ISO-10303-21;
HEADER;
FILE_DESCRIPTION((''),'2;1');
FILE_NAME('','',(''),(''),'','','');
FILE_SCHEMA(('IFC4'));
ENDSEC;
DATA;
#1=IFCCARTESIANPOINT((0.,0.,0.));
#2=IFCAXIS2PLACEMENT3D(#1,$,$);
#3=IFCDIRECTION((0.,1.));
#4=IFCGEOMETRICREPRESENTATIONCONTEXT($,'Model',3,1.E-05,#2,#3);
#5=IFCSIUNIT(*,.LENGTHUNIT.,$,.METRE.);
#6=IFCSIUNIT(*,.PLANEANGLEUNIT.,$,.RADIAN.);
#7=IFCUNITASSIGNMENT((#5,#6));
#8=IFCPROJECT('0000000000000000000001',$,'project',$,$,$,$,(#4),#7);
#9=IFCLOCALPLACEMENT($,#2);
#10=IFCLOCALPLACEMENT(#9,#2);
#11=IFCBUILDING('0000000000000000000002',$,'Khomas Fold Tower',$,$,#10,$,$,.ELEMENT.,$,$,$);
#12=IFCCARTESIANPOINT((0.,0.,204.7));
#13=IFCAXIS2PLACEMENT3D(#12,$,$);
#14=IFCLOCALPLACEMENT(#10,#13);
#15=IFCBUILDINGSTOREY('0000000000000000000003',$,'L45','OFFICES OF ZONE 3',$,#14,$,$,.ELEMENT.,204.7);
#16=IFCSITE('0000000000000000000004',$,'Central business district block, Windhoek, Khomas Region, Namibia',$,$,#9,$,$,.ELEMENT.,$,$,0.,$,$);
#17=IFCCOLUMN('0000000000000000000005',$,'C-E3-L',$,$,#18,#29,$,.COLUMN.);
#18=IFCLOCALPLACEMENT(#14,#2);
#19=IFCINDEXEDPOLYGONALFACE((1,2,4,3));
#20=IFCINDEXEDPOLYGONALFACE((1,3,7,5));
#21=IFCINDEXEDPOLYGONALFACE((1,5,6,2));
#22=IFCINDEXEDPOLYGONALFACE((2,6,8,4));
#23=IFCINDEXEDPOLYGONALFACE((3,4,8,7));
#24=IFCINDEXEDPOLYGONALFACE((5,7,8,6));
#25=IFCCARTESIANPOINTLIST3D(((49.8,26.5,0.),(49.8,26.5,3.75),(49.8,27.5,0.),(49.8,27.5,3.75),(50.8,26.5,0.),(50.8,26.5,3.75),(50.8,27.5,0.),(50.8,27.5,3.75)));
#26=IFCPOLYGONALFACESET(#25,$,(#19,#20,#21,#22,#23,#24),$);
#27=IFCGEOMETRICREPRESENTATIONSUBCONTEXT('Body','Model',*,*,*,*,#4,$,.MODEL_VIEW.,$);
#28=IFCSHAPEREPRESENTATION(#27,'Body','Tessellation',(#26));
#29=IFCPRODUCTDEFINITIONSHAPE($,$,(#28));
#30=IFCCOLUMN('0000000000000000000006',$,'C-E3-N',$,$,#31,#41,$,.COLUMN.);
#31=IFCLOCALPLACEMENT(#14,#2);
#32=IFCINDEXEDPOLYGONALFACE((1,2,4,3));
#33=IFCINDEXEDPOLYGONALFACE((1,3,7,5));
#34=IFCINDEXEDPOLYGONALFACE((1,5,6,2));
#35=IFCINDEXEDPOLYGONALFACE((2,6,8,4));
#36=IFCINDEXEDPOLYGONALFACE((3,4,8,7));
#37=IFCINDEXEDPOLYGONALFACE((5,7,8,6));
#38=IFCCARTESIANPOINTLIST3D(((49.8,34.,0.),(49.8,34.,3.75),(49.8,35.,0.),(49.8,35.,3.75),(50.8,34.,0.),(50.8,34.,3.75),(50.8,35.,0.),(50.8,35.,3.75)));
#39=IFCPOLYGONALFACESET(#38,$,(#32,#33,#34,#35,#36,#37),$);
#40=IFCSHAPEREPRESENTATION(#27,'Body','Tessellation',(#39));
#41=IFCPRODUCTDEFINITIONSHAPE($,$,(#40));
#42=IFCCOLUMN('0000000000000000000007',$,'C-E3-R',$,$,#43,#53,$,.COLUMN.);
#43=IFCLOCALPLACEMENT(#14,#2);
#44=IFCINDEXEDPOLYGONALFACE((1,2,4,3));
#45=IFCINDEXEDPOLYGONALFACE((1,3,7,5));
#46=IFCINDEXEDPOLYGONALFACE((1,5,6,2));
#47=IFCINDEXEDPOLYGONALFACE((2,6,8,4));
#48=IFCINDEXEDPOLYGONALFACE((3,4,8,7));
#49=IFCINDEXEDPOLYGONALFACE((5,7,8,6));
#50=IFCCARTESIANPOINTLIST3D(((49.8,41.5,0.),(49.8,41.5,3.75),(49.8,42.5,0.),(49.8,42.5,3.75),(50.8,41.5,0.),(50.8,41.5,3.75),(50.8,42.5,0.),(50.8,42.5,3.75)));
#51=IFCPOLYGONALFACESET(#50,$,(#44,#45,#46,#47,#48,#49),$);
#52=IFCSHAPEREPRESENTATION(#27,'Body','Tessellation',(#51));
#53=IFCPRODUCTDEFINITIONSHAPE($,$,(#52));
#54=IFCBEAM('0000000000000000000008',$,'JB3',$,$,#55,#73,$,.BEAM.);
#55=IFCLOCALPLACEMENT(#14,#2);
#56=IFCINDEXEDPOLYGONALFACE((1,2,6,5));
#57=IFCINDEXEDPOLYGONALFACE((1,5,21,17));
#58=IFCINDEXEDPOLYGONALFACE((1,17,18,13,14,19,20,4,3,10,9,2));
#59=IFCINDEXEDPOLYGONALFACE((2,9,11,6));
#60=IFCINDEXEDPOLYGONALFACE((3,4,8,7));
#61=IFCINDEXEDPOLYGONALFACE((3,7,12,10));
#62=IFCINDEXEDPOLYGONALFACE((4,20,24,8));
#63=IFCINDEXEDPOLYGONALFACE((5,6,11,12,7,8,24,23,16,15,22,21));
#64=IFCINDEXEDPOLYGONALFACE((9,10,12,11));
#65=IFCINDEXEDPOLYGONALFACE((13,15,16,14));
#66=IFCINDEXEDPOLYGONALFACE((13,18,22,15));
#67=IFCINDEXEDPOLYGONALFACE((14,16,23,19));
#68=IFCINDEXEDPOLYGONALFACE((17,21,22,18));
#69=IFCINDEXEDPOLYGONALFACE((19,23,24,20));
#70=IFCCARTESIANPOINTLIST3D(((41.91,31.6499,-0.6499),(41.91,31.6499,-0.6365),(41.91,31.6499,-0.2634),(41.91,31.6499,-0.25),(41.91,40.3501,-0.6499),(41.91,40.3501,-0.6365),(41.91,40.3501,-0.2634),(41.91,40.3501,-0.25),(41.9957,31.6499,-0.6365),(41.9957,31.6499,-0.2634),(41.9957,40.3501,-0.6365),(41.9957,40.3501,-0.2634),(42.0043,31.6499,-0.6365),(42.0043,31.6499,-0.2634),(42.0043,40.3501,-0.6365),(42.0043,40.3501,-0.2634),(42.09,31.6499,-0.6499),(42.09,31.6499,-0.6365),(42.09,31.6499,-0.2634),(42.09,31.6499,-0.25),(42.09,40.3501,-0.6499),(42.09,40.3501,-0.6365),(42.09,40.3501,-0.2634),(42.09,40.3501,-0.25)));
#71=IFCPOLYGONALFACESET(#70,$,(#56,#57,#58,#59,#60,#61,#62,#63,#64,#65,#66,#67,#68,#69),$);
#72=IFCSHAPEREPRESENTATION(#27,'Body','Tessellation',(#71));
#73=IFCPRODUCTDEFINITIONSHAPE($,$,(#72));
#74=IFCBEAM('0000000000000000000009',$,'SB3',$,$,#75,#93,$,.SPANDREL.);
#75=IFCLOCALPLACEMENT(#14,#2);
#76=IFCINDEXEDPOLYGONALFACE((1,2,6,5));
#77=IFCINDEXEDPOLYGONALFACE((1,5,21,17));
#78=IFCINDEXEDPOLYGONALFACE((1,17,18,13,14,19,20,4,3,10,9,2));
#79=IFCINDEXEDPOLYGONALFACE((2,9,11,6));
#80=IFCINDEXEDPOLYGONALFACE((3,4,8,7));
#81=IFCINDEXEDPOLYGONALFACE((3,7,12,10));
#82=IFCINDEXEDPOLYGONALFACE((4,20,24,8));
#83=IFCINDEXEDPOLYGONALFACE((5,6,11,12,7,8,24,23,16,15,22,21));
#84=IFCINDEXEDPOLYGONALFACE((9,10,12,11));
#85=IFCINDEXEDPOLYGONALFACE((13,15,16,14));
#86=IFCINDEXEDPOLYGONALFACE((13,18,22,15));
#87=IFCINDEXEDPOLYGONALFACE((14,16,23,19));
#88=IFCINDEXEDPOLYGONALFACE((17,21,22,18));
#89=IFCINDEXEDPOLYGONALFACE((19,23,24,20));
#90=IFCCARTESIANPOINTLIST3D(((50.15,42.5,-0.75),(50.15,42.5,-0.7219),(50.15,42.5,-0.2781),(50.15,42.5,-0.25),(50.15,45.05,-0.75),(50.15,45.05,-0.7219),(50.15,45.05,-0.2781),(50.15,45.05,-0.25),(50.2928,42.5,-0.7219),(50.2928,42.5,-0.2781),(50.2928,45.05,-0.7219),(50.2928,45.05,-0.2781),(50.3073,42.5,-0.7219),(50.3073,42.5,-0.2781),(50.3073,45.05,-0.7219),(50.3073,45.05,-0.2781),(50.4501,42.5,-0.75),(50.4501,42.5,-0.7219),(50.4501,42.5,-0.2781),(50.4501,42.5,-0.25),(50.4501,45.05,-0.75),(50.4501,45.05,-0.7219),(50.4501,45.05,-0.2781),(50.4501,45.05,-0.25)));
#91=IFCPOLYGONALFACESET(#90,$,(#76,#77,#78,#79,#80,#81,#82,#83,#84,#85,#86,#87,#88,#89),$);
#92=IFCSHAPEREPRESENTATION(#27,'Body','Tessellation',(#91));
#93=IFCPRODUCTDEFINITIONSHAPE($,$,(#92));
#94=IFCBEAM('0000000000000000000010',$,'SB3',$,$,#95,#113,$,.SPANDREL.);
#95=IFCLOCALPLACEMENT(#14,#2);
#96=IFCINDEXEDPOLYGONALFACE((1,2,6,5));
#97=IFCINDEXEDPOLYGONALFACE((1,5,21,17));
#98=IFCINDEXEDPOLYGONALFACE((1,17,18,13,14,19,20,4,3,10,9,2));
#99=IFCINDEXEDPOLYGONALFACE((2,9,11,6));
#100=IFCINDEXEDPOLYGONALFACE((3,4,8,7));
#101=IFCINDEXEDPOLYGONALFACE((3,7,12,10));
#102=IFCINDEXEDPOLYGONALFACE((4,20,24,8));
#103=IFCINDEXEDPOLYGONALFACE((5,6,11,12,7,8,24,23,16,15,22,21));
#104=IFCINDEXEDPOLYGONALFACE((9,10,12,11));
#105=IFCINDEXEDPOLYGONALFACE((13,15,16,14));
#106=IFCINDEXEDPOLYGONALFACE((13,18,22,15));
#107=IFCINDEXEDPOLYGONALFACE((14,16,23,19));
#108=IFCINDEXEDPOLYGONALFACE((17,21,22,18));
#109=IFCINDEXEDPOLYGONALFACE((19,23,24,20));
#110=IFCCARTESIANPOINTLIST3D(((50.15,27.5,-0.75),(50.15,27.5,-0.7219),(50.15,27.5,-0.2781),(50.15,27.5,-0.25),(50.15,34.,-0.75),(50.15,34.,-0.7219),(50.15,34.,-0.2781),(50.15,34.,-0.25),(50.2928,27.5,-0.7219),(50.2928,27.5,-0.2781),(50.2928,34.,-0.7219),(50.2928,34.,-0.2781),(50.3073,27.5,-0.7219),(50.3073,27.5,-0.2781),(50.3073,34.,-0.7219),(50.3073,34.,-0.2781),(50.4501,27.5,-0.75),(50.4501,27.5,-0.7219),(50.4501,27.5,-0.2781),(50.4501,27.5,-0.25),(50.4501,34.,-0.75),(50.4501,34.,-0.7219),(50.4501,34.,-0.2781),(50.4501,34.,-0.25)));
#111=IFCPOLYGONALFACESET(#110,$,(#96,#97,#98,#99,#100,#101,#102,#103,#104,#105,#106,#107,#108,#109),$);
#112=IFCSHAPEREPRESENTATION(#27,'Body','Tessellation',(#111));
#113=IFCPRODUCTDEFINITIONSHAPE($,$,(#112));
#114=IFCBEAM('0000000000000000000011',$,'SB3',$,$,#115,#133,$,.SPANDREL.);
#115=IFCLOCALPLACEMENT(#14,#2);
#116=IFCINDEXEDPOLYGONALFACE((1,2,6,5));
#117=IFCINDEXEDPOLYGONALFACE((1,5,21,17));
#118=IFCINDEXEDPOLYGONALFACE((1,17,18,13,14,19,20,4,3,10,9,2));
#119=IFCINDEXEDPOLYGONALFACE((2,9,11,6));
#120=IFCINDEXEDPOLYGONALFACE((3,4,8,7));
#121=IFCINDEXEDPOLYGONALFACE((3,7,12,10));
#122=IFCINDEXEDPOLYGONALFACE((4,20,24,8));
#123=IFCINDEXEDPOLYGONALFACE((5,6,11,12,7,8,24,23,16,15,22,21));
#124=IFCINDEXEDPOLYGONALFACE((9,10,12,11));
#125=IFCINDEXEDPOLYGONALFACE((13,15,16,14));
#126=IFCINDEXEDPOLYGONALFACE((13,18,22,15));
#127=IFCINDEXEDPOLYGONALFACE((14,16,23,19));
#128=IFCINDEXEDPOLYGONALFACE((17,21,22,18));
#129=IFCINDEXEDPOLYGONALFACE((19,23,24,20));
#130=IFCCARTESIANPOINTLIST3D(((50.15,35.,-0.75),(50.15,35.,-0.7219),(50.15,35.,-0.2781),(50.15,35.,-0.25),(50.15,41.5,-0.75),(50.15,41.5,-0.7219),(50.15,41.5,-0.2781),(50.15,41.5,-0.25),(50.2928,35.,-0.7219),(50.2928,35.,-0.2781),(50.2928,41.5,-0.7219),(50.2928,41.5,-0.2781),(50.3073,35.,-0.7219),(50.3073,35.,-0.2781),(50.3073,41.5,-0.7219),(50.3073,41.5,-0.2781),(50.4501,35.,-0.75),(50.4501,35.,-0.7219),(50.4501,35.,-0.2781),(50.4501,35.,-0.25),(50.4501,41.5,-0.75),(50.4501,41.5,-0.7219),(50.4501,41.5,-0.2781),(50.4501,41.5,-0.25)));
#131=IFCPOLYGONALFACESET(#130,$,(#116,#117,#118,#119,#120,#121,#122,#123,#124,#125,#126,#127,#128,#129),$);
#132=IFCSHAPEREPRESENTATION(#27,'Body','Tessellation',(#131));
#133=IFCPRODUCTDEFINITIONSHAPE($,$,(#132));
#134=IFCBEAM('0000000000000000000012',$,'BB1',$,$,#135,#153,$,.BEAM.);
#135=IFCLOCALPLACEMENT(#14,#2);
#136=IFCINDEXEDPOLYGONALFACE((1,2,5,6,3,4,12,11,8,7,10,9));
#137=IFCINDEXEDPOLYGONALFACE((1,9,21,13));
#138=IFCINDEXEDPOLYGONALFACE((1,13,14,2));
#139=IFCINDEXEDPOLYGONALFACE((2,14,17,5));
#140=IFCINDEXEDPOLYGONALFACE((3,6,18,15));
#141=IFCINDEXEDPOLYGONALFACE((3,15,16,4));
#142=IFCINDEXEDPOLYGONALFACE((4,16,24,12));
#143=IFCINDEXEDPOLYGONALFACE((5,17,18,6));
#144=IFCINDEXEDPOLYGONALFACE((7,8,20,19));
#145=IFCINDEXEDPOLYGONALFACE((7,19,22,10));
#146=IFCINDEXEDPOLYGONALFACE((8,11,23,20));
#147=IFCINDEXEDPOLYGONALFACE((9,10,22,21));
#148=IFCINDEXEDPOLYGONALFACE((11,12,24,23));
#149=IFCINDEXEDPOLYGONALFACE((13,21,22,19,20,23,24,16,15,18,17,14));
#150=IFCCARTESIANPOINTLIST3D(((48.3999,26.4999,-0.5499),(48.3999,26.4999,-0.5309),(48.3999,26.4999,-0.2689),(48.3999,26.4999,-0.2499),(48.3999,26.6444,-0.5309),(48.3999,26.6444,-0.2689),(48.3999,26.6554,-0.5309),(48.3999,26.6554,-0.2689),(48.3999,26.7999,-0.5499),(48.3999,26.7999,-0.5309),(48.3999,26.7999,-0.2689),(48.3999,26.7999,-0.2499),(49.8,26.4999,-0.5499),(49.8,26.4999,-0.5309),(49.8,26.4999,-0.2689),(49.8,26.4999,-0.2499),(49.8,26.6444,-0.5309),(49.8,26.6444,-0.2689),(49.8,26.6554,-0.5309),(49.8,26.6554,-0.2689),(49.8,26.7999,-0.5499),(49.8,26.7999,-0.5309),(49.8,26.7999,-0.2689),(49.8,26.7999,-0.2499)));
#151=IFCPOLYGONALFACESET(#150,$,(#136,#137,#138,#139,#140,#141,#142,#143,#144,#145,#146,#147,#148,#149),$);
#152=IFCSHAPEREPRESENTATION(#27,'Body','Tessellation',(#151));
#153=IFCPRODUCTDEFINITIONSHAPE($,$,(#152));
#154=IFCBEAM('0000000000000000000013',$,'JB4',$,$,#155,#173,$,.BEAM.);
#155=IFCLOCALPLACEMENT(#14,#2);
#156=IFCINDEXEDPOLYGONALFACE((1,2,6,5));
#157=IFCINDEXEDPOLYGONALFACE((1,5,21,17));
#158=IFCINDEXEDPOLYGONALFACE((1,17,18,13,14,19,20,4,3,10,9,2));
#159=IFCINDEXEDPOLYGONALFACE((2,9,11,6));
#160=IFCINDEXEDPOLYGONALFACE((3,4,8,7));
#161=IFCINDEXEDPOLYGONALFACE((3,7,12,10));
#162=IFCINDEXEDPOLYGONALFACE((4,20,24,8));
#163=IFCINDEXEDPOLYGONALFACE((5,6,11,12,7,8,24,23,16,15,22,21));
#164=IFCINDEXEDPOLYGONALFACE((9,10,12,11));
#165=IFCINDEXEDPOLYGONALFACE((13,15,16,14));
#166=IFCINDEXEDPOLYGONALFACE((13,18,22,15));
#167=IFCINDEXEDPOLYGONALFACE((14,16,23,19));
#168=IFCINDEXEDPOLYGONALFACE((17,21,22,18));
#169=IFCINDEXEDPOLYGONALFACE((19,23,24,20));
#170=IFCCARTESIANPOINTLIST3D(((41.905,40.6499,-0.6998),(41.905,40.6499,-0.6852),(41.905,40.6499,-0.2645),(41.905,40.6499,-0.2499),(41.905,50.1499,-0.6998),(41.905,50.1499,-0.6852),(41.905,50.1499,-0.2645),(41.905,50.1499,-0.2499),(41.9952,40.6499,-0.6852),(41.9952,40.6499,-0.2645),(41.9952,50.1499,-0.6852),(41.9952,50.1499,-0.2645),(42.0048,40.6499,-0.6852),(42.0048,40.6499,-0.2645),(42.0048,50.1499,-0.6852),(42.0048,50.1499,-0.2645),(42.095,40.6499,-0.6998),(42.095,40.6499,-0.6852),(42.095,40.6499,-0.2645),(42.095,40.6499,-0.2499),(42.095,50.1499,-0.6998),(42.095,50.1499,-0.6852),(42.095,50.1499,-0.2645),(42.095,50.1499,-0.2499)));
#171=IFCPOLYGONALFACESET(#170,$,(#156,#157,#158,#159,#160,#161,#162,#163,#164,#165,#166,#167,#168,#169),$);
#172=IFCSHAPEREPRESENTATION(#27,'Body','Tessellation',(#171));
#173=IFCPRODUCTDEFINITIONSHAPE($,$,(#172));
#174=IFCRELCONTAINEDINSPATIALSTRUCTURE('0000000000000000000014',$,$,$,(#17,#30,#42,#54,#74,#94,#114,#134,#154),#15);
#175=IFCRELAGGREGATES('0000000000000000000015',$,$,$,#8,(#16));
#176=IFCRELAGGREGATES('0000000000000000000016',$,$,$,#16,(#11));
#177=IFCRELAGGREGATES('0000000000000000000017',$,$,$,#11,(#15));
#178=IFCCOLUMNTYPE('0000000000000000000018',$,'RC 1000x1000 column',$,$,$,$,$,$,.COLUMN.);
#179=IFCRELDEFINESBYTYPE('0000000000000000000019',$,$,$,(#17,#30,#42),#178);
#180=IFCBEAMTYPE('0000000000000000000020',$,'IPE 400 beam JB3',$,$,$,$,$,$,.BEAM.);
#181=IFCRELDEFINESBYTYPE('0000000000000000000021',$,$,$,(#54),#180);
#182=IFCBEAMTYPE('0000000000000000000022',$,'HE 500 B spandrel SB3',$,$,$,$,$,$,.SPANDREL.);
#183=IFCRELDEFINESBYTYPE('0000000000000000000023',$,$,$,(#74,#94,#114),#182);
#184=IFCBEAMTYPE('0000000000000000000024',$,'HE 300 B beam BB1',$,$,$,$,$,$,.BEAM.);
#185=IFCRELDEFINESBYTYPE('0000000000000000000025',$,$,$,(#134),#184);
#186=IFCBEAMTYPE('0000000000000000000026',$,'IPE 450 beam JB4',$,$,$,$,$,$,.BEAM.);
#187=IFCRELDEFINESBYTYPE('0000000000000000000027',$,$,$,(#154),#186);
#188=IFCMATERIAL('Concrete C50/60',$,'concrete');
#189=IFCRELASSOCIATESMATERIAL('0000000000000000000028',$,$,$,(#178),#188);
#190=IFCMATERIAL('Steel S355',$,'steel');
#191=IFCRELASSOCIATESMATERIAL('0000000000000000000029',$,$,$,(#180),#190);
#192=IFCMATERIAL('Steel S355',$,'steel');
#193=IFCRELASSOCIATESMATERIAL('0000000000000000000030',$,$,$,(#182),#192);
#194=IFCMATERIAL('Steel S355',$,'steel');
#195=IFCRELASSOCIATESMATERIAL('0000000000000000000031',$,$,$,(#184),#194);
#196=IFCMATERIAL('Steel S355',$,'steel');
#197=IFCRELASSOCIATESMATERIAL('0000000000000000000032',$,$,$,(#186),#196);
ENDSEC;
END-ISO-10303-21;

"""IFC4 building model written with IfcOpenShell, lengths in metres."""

from ifc_helpers import new_model, si_unit, direction, frame, origin, origin_2d, place, context, subcontext, project, spatial, rectangle, i_section, extrude, source, transform, mapped, material, material_profile, profile_set, type_object, element, save


model = new_model("IFC4")

# Units and contexts
model_context = context("Model", 3, precision=1e-05, world=origin(), true_north=direction((0.0, 1.0)))
body_context = subcontext(model_context, "Body", "Model", "MODEL_VIEW")
ifc_project = project(units=[si_unit("LENGTHUNIT", "METRE"), si_unit("PLANEANGLEUNIT", "RADIAN")], contexts=[model_context])

# Site, building, storey
site_placement = place(None, origin())
site = spatial("IfcSite", under=ifc_project, at=site_placement, Name="Central business district block, Windhoek, Khomas Region, Namibia", CompositionType="ELEMENT", RefElevation=0.0)
building_placement = place(site_placement, origin())
building = spatial("IfcBuilding", under=site, at=building_placement, Name="Khomas Fold Tower", CompositionType="ELEMENT")
storey_placement = place(building_placement, frame((0.0, 0.0, 204.7)))
storey = spatial("IfcBuildingStorey", under=building, at=storey_placement, Name="L45", Description="OFFICES OF ZONE 3", CompositionType="ELEMENT", Elevation=204.7)

# Columns
ifc_material_1 = material(Name="Concrete C50/60", Category="concrete")
ifc_material_profile_1 = material_profile(ifc_material_1, rectangle(XDim=1.0, YDim=1.0, at=origin_2d()), Name="RC 1000x1000")
ifc_profile_set_1 = profile_set([ifc_material_profile_1], Name="Concrete C50/60")
column_type = type_object("IfcColumnType", Name="RC 1000x1000 column", PredefinedType="COLUMN", material=ifc_profile_set_1)
shared_shape_1 = source(origin(), body_context, "Body", "SweptSolid", [
    extrude(rectangle(XDim=1.0, YDim=1.0, at=origin_2d()), origin(), (0.0, 0.0, 1.0), 3.75),
])
for number, where, z_axis, x_axis, name in (
    (1, (50.3, 27.0, 0.0), (0.0, 0.0, 1.0), (1.0, 0.0, 0.0), "C-E3-L"),
    (2, (50.3, 34.5, 0.0), (0.0, 0.0, 1.0), (1.0, 0.0, 0.0), "C-E3-N"),
    (3, (50.3, 42.0, 0.0), (0.0, 0.0, 1.0), (1.0, 0.0, 0.0), "C-E3-R"),
):
    element("IfcColumn", number, at=place(storey_placement, frame(where, z_axis=z_axis, x_axis=x_axis)), inside=storey, type_object=column_type, Name=name, PredefinedType="COLUMN", context=body_context, shape_type="MappedRepresentation", body=[
        mapped(shared_shape_1, transform((0.0, 0.0, 0.0))),
    ])

# Beams
ifc_material_2 = material(Name="Steel S355", Category="steel")
ifc_material_profile_2 = material_profile(ifc_material_2, i_section(OverallWidth=0.1799, OverallDepth=0.3999, WebThickness=0.0085, FlangeThickness=0.0134, at=origin_2d()), Name="IPE 400")
ifc_profile_set_2 = profile_set([ifc_material_profile_2], Name="Steel S355")
beam_type_1 = type_object("IfcBeamType", Name="IPE 400 beam JB3", PredefinedType="BEAM", material=ifc_profile_set_2)
shared_shape_2 = source(origin(), body_context, "Body", "SweptSolid", [
    extrude(i_section(OverallWidth=0.1799, OverallDepth=0.3999, WebThickness=0.0085, FlangeThickness=0.0134, at=origin_2d()), origin(), (0.0, 0.0, 1.0), 8.7002),
])
beam_1_placement = place(storey_placement, frame((42.0, 31.6499, -0.45), z_axis=(0.0, 1.0, 0.0), x_axis=(-1.0, 0.0, 0.0)))
element("IfcBeam", 4, at=beam_1_placement, inside=storey, type_object=beam_type_1, Name="JB3", PredefinedType="BEAM", context=body_context, shape_type="MappedRepresentation", body=[
    mapped(shared_shape_2, transform((0.0, 0.0, 0.0))),
])
ifc_material_3 = material(Name="Steel S355", Category="steel")
ifc_material_profile_3 = material_profile(ifc_material_3, i_section(OverallWidth=0.3, OverallDepth=0.5, WebThickness=0.0144, FlangeThickness=0.0281, at=origin_2d()), Name="HE 500 B")
ifc_profile_set_3 = profile_set([ifc_material_profile_3], Name="Steel S355")
beam_type_2 = type_object("IfcBeamType", Name="HE 500 B spandrel SB3", PredefinedType="SPANDREL", material=ifc_profile_set_3)
shared_shape_3 = source(origin(), body_context, "Body", "SweptSolid", [
    extrude(i_section(OverallWidth=0.3, OverallDepth=0.5, WebThickness=0.0144, FlangeThickness=0.0281, at=origin_2d()), origin(), (0.0, 0.0, 1.0), 2.55),
])
beam_2_placement = place(storey_placement, frame((50.3, 42.5, -0.5), z_axis=(0.0, 1.0, 0.0), x_axis=(-1.0, 0.0, 0.0)))
element("IfcBeam", 5, at=beam_2_placement, inside=storey, type_object=beam_type_2, Name="SB3", PredefinedType="SPANDREL", context=body_context, shape_type="MappedRepresentation", body=[
    mapped(shared_shape_3, transform((0.0, 0.0, 0.0))),
])
shared_shape_4 = source(origin(), body_context, "Body", "SweptSolid", [
    extrude(i_section(OverallWidth=0.3, OverallDepth=0.5, WebThickness=0.0144, FlangeThickness=0.0281, at=origin_2d()), origin(), (0.0, 0.0, 1.0), 6.5),
])
for number, where, z_axis, x_axis, name in (
    (6, (50.3, 27.5, -0.5), (0.0, 1.0, 0.0), (-1.0, 0.0, 0.0), "SB3"),
    (7, (50.3, 35.0, -0.5), (0.0, 1.0, 0.0), (-1.0, 0.0, 0.0), "SB3"),
):
    element("IfcBeam", number, at=place(storey_placement, frame(where, z_axis=z_axis, x_axis=x_axis)), inside=storey, type_object=beam_type_2, Name=name, PredefinedType="SPANDREL", context=body_context, shape_type="MappedRepresentation", body=[
        mapped(shared_shape_4, transform((0.0, 0.0, 0.0))),
    ])
ifc_material_4 = material(Name="Steel S355", Category="steel")
ifc_material_profile_4 = material_profile(ifc_material_4, i_section(OverallWidth=0.3, OverallDepth=0.3, WebThickness=0.011, FlangeThickness=0.019, at=origin_2d()), Name="HE 300 B")
ifc_profile_set_4 = profile_set([ifc_material_profile_4], Name="Steel S355")
beam_type_3 = type_object("IfcBeamType", Name="HE 300 B beam BB1", PredefinedType="BEAM", material=ifc_profile_set_4)
shared_shape_5 = source(origin(), body_context, "Body", "SweptSolid", [
    extrude(i_section(OverallWidth=0.3, OverallDepth=0.3, WebThickness=0.011, FlangeThickness=0.019, at=origin_2d()), origin(), (0.0, 0.0, 1.0), 1.4001),
])
beam_3_placement = place(storey_placement, frame((48.3999, 26.6499, -0.3999), z_axis=(1.0, 0.0, 0.0), x_axis=(0.0, 1.0, 0.0)))
element("IfcBeam", 8, at=beam_3_placement, inside=storey, type_object=beam_type_3, Name="BB1", PredefinedType="BEAM", context=body_context, shape_type="MappedRepresentation", body=[
    mapped(shared_shape_5, transform((0.0, 0.0, 0.0))),
])
ifc_material_5 = material(Name="Steel S355", Category="steel")
ifc_material_profile_5 = material_profile(ifc_material_5, i_section(OverallWidth=0.1899, OverallDepth=0.45, WebThickness=0.0095, FlangeThickness=0.0146, at=origin_2d()), Name="IPE 450")
ifc_profile_set_5 = profile_set([ifc_material_profile_5], Name="Steel S355")
beam_type_4 = type_object("IfcBeamType", Name="IPE 450 beam JB4", PredefinedType="BEAM", material=ifc_profile_set_5)
shared_shape_6 = source(origin(), body_context, "Body", "SweptSolid", [
    extrude(i_section(OverallWidth=0.1899, OverallDepth=0.45, WebThickness=0.0095, FlangeThickness=0.0146, at=origin_2d()), origin(), (0.0, 0.0, 1.0), 9.5),
])
beam_4_placement = place(storey_placement, frame((42.0, 40.6499, -0.4749), z_axis=(0.0, 1.0, 0.0), x_axis=(-1.0, 0.0, 0.0)))
element("IfcBeam", 9, at=beam_4_placement, inside=storey, type_object=beam_type_4, Name="JB4", PredefinedType="BEAM", context=body_context, shape_type="MappedRepresentation", body=[
    mapped(shared_shape_6, transform((0.0, 0.0, 0.0))),
])

save(model, "model.ifc")
